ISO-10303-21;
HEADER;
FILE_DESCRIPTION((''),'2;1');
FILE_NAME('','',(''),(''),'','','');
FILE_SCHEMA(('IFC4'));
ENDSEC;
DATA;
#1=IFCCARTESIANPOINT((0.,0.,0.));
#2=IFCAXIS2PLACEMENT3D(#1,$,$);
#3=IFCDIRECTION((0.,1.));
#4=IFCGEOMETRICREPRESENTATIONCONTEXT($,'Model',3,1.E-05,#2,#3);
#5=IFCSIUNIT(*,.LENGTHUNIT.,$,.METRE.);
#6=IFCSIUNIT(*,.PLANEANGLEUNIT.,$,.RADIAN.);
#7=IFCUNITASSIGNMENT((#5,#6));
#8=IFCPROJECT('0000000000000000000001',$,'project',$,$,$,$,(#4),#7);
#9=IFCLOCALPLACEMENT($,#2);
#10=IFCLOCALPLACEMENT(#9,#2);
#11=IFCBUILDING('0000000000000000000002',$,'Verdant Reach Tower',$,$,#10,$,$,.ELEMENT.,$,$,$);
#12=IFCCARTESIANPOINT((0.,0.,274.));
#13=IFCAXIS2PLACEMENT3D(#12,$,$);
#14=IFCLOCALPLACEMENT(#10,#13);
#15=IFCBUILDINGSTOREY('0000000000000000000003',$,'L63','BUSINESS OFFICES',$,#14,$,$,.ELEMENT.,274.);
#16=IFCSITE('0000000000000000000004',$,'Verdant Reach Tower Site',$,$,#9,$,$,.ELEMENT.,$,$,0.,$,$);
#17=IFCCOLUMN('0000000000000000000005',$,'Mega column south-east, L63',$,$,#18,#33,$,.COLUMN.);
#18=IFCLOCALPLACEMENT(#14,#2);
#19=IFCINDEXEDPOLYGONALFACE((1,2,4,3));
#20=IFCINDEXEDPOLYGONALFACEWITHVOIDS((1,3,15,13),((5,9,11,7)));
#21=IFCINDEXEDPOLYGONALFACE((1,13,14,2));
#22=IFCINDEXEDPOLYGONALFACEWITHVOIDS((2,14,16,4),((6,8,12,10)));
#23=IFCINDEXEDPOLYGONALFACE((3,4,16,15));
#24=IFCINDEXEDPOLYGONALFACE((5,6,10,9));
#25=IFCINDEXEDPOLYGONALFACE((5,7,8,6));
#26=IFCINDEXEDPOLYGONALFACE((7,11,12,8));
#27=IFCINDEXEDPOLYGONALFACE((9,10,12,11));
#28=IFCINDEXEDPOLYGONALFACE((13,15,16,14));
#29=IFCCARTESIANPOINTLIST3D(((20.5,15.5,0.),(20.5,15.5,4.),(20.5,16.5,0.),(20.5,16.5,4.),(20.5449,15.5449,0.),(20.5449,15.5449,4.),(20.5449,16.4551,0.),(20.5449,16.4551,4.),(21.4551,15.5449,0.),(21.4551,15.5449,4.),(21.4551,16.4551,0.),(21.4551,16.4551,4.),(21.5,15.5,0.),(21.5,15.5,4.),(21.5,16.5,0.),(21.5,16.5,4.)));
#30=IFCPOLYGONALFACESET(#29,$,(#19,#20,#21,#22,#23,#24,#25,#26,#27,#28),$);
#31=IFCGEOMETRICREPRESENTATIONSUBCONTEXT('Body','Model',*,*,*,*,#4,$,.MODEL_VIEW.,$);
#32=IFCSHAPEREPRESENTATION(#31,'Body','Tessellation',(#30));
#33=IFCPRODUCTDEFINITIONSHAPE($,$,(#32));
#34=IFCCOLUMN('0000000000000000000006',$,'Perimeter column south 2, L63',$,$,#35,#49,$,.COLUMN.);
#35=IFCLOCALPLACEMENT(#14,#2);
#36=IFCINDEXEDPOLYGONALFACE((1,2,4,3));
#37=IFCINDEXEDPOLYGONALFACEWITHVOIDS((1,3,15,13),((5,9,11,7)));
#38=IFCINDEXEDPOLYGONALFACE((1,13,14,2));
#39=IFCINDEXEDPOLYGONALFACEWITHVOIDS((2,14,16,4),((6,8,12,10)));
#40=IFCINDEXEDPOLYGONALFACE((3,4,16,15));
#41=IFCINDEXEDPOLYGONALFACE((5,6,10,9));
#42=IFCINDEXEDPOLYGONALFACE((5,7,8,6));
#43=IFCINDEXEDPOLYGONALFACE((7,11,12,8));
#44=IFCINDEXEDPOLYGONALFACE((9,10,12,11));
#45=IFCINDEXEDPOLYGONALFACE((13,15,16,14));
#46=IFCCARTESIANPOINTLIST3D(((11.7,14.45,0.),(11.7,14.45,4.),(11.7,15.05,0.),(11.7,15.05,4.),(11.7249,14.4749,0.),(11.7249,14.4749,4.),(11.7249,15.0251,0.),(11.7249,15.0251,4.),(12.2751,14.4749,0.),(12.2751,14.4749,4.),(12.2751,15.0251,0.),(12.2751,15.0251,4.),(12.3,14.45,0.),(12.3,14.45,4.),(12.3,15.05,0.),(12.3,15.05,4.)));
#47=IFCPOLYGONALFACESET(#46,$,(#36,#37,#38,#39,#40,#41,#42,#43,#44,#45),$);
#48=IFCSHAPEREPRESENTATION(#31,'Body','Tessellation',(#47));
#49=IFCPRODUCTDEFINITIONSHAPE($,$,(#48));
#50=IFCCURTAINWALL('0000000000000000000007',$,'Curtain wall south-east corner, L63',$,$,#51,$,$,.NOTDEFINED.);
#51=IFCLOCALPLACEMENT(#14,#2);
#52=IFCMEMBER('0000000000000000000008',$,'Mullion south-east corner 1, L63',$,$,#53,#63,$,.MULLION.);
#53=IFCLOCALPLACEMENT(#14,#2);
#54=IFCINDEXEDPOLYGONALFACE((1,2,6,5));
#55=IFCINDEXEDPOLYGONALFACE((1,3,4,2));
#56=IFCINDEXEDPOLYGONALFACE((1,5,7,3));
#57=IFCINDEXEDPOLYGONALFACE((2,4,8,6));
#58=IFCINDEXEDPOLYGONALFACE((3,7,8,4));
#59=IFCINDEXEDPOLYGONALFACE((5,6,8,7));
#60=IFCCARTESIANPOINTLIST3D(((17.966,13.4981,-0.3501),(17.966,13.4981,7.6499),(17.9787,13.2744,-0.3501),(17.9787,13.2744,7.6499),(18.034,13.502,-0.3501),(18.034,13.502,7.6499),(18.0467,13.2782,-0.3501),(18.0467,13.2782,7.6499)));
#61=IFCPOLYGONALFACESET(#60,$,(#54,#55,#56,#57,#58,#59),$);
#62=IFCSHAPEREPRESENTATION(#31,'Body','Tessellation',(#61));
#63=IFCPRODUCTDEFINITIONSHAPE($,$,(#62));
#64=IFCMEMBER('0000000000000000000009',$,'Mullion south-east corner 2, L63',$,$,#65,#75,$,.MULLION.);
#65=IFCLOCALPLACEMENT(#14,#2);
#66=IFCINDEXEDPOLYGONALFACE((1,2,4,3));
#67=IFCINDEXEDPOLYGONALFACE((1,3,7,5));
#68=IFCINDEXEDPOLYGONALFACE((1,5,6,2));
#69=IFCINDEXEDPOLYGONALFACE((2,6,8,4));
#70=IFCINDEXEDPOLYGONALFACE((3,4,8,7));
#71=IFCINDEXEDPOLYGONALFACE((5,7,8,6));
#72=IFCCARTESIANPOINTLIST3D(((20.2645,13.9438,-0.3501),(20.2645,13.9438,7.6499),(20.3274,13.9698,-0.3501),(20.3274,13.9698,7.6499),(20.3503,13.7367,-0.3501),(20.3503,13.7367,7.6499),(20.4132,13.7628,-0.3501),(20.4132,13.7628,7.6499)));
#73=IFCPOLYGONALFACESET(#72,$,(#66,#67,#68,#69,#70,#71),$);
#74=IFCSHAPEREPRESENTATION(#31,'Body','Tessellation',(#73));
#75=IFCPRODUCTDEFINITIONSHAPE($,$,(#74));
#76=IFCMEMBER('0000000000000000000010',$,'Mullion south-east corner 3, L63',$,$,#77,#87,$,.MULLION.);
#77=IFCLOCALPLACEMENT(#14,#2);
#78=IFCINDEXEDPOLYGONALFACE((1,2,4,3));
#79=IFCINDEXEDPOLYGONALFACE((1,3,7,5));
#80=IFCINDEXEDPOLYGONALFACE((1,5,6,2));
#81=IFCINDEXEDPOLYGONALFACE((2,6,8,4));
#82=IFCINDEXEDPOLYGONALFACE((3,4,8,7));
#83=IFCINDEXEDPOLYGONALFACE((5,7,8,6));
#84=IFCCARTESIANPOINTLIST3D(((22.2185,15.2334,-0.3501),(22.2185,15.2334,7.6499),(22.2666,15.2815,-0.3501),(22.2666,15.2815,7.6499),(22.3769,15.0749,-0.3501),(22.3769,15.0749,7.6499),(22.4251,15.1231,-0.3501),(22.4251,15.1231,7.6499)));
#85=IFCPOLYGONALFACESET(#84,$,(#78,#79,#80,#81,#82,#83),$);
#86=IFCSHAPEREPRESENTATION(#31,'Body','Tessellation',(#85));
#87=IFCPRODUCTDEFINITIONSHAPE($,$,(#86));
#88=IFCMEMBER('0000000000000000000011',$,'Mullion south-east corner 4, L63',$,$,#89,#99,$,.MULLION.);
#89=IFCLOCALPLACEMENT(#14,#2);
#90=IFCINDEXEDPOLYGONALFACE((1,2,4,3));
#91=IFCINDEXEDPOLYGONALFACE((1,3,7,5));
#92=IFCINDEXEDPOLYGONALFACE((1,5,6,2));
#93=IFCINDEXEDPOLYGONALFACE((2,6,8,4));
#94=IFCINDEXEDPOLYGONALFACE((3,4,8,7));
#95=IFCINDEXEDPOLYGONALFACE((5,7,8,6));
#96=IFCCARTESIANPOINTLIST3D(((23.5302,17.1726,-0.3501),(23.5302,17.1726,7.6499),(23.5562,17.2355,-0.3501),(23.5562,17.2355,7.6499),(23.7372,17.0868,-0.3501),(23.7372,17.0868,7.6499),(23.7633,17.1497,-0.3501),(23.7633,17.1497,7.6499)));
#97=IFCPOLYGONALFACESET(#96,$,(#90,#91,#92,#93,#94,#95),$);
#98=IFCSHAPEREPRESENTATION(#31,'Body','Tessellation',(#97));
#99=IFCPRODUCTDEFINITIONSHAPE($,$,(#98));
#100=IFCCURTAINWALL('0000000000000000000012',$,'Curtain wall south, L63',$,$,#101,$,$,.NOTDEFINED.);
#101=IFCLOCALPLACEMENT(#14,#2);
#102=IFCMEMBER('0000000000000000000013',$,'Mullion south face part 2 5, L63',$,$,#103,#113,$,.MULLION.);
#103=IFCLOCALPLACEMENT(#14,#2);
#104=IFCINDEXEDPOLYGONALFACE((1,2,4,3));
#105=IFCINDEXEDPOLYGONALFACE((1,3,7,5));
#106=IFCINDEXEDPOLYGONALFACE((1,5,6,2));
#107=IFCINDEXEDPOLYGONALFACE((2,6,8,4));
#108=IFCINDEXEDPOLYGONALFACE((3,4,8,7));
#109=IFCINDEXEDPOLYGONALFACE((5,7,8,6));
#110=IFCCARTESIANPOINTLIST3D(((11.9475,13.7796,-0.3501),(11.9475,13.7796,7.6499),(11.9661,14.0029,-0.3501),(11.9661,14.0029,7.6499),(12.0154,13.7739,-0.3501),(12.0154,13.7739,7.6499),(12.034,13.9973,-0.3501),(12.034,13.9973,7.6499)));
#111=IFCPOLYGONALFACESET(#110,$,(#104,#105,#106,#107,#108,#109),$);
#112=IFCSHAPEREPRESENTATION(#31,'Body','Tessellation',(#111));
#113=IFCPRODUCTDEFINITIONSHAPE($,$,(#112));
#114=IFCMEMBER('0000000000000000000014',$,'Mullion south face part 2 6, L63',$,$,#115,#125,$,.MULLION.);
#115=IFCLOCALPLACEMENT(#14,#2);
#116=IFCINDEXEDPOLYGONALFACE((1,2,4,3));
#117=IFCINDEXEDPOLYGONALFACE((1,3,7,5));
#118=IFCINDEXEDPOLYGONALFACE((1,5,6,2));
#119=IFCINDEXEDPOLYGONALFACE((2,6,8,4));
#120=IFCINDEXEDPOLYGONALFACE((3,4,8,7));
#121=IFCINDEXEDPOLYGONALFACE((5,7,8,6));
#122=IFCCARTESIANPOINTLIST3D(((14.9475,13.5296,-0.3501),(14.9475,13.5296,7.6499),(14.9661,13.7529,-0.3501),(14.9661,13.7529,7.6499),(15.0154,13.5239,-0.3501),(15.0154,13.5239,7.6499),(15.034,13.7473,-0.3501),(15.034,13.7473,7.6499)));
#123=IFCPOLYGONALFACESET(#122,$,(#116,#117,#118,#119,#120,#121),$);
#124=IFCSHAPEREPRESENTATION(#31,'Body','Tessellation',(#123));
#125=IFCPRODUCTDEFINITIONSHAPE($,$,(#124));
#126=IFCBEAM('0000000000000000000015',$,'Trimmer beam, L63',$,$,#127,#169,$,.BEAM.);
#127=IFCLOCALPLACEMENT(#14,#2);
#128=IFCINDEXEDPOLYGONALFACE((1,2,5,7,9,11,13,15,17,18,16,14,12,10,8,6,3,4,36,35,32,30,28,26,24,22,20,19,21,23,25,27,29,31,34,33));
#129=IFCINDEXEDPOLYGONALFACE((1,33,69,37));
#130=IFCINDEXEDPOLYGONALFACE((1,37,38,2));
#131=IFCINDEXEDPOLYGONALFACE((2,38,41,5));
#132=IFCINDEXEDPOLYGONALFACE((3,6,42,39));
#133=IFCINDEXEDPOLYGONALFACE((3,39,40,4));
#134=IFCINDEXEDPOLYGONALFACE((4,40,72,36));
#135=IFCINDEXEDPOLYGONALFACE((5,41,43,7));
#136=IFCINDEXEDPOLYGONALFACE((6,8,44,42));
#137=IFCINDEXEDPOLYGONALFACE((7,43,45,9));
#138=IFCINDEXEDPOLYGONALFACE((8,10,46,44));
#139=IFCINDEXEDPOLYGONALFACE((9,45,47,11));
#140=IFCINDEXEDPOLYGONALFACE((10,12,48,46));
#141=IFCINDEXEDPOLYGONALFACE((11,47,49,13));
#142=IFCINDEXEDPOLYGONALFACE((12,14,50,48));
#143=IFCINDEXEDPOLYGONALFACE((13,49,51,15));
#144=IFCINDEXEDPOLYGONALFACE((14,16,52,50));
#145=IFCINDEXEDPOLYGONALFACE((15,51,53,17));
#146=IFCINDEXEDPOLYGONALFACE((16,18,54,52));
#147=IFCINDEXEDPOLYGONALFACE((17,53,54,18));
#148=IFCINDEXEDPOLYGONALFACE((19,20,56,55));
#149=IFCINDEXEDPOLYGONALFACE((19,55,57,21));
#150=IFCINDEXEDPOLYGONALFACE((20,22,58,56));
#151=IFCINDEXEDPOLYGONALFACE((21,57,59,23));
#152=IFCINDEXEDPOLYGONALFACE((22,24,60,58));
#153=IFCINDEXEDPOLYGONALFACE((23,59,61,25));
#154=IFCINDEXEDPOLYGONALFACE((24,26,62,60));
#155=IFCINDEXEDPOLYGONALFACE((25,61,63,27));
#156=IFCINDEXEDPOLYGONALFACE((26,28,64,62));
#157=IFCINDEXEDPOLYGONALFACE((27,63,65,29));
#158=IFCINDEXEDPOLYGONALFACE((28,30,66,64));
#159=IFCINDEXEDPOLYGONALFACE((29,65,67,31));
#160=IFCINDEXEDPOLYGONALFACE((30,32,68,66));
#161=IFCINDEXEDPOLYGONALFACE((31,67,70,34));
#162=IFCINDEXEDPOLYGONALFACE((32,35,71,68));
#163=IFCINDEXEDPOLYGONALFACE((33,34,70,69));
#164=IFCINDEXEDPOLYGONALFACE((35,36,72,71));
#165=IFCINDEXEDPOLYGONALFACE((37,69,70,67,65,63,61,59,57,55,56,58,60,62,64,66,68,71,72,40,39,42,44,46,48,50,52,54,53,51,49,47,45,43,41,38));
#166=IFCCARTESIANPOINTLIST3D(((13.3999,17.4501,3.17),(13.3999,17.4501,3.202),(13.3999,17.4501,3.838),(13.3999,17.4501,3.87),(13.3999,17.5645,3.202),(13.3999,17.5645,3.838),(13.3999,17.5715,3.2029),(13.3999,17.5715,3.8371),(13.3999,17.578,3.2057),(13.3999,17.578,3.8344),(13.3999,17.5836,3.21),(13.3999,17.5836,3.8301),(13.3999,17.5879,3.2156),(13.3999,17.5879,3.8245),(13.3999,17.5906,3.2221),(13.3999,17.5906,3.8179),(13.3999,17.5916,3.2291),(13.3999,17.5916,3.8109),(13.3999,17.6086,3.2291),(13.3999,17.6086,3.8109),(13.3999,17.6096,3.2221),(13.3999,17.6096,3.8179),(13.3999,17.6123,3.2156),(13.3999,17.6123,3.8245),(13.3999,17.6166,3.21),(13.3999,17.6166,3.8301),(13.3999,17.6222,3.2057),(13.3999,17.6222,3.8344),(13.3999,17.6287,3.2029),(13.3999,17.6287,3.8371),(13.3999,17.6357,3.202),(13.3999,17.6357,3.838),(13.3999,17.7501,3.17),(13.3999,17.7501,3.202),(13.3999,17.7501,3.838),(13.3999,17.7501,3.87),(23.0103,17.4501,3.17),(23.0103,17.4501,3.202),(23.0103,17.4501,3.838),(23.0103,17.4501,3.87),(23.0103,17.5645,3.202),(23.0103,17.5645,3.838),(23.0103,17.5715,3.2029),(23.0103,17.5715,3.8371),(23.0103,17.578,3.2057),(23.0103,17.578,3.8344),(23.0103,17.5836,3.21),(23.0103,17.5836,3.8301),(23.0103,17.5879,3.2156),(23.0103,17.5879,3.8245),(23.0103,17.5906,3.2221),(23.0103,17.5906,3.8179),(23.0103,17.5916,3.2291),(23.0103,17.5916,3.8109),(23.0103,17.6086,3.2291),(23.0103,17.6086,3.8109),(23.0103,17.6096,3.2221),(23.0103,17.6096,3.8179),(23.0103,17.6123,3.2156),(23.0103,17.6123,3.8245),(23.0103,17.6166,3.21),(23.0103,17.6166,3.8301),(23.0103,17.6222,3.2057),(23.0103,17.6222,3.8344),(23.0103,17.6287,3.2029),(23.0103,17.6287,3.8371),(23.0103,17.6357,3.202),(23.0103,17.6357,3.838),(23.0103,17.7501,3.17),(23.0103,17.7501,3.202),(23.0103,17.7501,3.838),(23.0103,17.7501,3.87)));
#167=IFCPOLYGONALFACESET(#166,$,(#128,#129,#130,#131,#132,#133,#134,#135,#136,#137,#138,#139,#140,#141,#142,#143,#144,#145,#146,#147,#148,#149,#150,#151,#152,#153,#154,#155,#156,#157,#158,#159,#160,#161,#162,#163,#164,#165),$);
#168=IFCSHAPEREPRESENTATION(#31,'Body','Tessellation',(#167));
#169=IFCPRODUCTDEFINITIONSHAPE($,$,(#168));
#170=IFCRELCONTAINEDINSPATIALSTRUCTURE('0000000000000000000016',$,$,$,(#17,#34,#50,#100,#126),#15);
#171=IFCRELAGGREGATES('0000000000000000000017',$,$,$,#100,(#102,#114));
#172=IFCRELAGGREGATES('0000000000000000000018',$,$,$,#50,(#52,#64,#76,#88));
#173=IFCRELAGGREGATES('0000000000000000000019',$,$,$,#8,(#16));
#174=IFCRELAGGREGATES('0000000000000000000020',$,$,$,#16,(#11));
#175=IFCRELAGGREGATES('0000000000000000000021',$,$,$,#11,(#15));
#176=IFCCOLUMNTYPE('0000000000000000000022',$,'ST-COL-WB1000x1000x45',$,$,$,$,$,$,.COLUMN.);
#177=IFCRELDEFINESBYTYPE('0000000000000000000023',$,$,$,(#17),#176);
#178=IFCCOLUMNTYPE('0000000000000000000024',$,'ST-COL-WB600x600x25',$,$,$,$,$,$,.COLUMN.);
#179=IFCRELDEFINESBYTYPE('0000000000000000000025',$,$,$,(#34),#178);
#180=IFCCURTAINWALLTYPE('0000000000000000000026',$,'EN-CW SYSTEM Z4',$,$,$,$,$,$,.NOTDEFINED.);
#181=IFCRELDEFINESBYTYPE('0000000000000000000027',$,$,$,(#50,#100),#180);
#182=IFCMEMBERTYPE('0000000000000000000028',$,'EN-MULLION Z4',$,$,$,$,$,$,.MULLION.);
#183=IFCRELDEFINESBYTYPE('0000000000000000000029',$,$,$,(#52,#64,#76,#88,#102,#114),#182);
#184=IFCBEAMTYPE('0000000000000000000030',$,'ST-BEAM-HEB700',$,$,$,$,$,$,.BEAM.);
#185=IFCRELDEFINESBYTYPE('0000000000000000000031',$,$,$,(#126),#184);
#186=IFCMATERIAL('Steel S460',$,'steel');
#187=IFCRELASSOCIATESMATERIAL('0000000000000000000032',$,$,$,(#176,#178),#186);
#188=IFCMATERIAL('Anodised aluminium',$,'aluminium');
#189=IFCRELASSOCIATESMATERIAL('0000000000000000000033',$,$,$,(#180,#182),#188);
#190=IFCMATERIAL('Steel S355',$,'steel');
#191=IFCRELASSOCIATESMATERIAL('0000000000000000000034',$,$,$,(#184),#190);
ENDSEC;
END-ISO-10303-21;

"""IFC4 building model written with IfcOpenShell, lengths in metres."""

from ifc_helpers import new_model, si_unit, direction, frame, origin, origin_2d, place, context, subcontext, project, spatial, rectangle, hollow_rectangle, i_section, extrude, material, material_profile, profile_set, type_object, element, aggregate, save


model = new_model("IFC4")

# Units and contexts
model_context = context("Model", 3, precision=1e-05, world=origin(), true_north=direction((0.0, 1.0)))
body_context = subcontext(model_context, "Body", "Model", "MODEL_VIEW")
ifc_project = project(units=[si_unit("LENGTHUNIT", "METRE"), si_unit("PLANEANGLEUNIT", "RADIAN")], contexts=[model_context])

# Site, building, storey
site_placement = place(None, origin())
site = spatial("IfcSite", under=ifc_project, at=site_placement, Name="Verdant Reach Tower Site", CompositionType="ELEMENT", RefElevation=0.0)
building_placement = place(site_placement, origin())
building = spatial("IfcBuilding", under=site, at=building_placement, Name="Verdant Reach Tower", CompositionType="ELEMENT")
storey_placement = place(building_placement, frame((0.0, 0.0, 274.0)))
storey = spatial("IfcBuildingStorey", under=building, at=storey_placement, Name="L63", Description="BUSINESS OFFICES", CompositionType="ELEMENT", Elevation=274.0)

# Columns
ifc_material_1 = material(Name="Steel S460", Category="steel")
ifc_material_profile_1 = material_profile(ifc_material_1, hollow_rectangle(XDim=1.0, YDim=1.0, WallThickness=0.0449, at=origin_2d()), Name="WB 1000x1000x45")
ifc_profile_set_1 = profile_set([ifc_material_profile_1], Name="Steel S460")
column_type_1 = type_object("IfcColumnType", Name="ST-COL-WB1000x1000x45", PredefinedType="COLUMN", material=ifc_profile_set_1)
column_1_placement = place(storey_placement, frame((21.0, 16.0, 0.0), z_axis=(0.0, 0.0, 1.0), x_axis=(1.0, 0.0, 0.0)))
element("IfcColumn", 1, at=column_1_placement, inside=storey, type_object=column_type_1, Name="Mega column south-east, L63", PredefinedType="COLUMN", context=body_context, shape_type="SweptSolid", body=[
    extrude(hollow_rectangle(XDim=1.0, YDim=1.0, WallThickness=0.0449, at=origin_2d()), origin(), (0.0, 0.0, 1.0), 4.0),
])
ifc_material_profile_2 = material_profile(ifc_material_1, hollow_rectangle(XDim=0.6001, YDim=0.6001, WallThickness=0.0249, at=origin_2d()), Name="WB 600x600x25")
ifc_profile_set_2 = profile_set([ifc_material_profile_2], Name="Steel S460")
column_type_2 = type_object("IfcColumnType", Name="ST-COL-WB600x600x25", PredefinedType="COLUMN", material=ifc_profile_set_2)
column_2_placement = place(storey_placement, frame((12.0, 14.75, 0.0), z_axis=(0.0, 0.0, 1.0), x_axis=(1.0, 0.0, 0.0)))
element("IfcColumn", 2, at=column_2_placement, inside=storey, type_object=column_type_2, Name="Perimeter column south 2, L63", PredefinedType="COLUMN", context=body_context, shape_type="SweptSolid", body=[
    extrude(hollow_rectangle(XDim=0.6001, YDim=0.6001, WallThickness=0.0249, at=origin_2d()), origin(), (0.0, 0.0, 1.0), 4.0),
])

# Curtain walls, members
ifc_material_2 = material(Name="Anodised aluminium", Category="aluminium")
curtain_wall_type = type_object("IfcCurtainWallType", Name="EN-CW SYSTEM Z4", PredefinedType="NOTDEFINED", material=ifc_material_2)
curtain_wall_1_placement = place(storey_placement, origin())
curtain_wall_1 = element("IfcCurtainWall", 3, at=curtain_wall_1_placement, inside=storey, type_object=curtain_wall_type, Name="Curtain wall south-east corner, L63", PredefinedType="NOTDEFINED")
ifc_material_profile_3 = material_profile(ifc_material_2, rectangle(XDim=0.2241, YDim=0.0681, at=origin_2d()), Name="Mullion 68x224")
ifc_profile_set_3 = profile_set([ifc_material_profile_3], Name="Anodised aluminium")
member_type = type_object("IfcMemberType", Name="EN-MULLION Z4", PredefinedType="MULLION", material=ifc_profile_set_3)
member_1_placement = place(storey_placement, frame((18.0063, 13.3882, -0.3501), z_axis=(0.0, 0.0, 1.0), x_axis=(0.056569, -0.998399, 0.0)))
member_1 = element("IfcMember", 4, at=member_1_placement, type_object=member_type, Name="Mullion south-east corner 1, L63", PredefinedType="MULLION", context=body_context, shape_type="SweptSolid", body=[
    extrude(rectangle(XDim=0.2241, YDim=0.0681, at=origin_2d()), origin(), (0.0, 0.0, 1.0), 8.0),
])
member_2_placement = place(storey_placement, frame((20.3389, 13.8533, -0.3501), z_axis=(0.0, 0.0, 1.0), x_axis=(0.382694, -0.923875, 0.0)))
member_2 = element("IfcMember", 5, at=member_2_placement, type_object=member_type, Name="Mullion south-east corner 2, L63", PredefinedType="MULLION", context=body_context, shape_type="SweptSolid", body=[
    extrude(rectangle(XDim=0.2241, YDim=0.0681, at=origin_2d()), origin(), (0.0, 0.0, 1.0), 8.0),
])
member_3_placement = place(storey_placement, frame((22.3218, 15.1782, -0.3501), z_axis=(0.0, 0.0, 1.0), x_axis=(0.707107, -0.707107, 0.0)))
member_3 = element("IfcMember", 6, at=member_3_placement, type_object=member_type, Name="Mullion south-east corner 3, L63", PredefinedType="MULLION", context=body_context, shape_type="SweptSolid", body=[
    extrude(rectangle(XDim=0.2241, YDim=0.0681, at=origin_2d()), origin(), (0.0, 0.0, 1.0), 8.0),
])
member_4_placement = place(storey_placement, frame((23.6467, 17.1611, -0.3501), z_axis=(0.0, 0.0, 1.0), x_axis=(0.923875, -0.382694, 0.0)))
member_4 = element("IfcMember", 7, at=member_4_placement, type_object=member_type, Name="Mullion south-east corner 4, L63", PredefinedType="MULLION", context=body_context, shape_type="SweptSolid", body=[
    extrude(rectangle(XDim=0.2241, YDim=0.0681, at=origin_2d()), origin(), (0.0, 0.0, 1.0), 8.0),
])
curtain_wall_2_placement = place(storey_placement, origin())
curtain_wall_2 = element("IfcCurtainWall", 8, at=curtain_wall_2_placement, inside=storey, type_object=curtain_wall_type, Name="Curtain wall south, L63", PredefinedType="NOTDEFINED")
member_5_placement = place(storey_placement, frame((11.9907, 13.8884, -0.3501), z_axis=(0.0, 0.0, 1.0), x_axis=(-0.083045, -0.996546, 0.0)))
member_5 = element("IfcMember", 9, at=member_5_placement, type_object=member_type, Name="Mullion south face part 2 5, L63", PredefinedType="MULLION", context=body_context, shape_type="SweptSolid", body=[
    extrude(rectangle(XDim=0.2241, YDim=0.0681, at=origin_2d()), origin(), (0.0, 0.0, 1.0), 8.0),
])
member_6_placement = place(storey_placement, frame((14.9907, 13.6384, -0.3501), z_axis=(0.0, 0.0, 1.0), x_axis=(-0.083045, -0.996546, 0.0)))
member_6 = element("IfcMember", 10, at=member_6_placement, type_object=member_type, Name="Mullion south face part 2 6, L63", PredefinedType="MULLION", context=body_context, shape_type="SweptSolid", body=[
    extrude(rectangle(XDim=0.2241, YDim=0.0681, at=origin_2d()), origin(), (0.0, 0.0, 1.0), 8.0),
])

# Beam
ifc_material_3 = material(Name="Steel S355", Category="steel")
ifc_material_profile_4 = material_profile(ifc_material_3, i_section(OverallWidth=0.3, OverallDepth=0.7, WebThickness=0.0171, FlangeThickness=0.032, FilletRadius=0.0271, at=origin_2d()), Name="HEB 700")
ifc_profile_set_4 = profile_set([ifc_material_profile_4], Name="Steel S355")
beam_type_1 = type_object("IfcBeamType", Name="ST-BEAM-HEB700", PredefinedType="BEAM", material=ifc_profile_set_4)
beam_1_placement = place(storey_placement, frame((13.3999, 17.6001, 3.52), z_axis=(1.0, 0.0, 0.0), x_axis=(0.0, 1.0, 0.0)))
element("IfcBeam", 11, at=beam_1_placement, inside=storey, type_object=beam_type_1, Name="Trimmer beam, L63", PredefinedType="BEAM", context=body_context, shape_type="SweptSolid", body=[
    extrude(i_section(OverallWidth=0.3, OverallDepth=0.7, WebThickness=0.0171, FlangeThickness=0.032, FilletRadius=0.0271, at=origin_2d()), origin(), (0.0, 0.0, 1.0), 9.6104),
])

aggregate(curtain_wall_2, [member_5, member_6])
aggregate(curtain_wall_1, [member_1, member_2, member_3, member_4])

save(model, "model.ifc")
